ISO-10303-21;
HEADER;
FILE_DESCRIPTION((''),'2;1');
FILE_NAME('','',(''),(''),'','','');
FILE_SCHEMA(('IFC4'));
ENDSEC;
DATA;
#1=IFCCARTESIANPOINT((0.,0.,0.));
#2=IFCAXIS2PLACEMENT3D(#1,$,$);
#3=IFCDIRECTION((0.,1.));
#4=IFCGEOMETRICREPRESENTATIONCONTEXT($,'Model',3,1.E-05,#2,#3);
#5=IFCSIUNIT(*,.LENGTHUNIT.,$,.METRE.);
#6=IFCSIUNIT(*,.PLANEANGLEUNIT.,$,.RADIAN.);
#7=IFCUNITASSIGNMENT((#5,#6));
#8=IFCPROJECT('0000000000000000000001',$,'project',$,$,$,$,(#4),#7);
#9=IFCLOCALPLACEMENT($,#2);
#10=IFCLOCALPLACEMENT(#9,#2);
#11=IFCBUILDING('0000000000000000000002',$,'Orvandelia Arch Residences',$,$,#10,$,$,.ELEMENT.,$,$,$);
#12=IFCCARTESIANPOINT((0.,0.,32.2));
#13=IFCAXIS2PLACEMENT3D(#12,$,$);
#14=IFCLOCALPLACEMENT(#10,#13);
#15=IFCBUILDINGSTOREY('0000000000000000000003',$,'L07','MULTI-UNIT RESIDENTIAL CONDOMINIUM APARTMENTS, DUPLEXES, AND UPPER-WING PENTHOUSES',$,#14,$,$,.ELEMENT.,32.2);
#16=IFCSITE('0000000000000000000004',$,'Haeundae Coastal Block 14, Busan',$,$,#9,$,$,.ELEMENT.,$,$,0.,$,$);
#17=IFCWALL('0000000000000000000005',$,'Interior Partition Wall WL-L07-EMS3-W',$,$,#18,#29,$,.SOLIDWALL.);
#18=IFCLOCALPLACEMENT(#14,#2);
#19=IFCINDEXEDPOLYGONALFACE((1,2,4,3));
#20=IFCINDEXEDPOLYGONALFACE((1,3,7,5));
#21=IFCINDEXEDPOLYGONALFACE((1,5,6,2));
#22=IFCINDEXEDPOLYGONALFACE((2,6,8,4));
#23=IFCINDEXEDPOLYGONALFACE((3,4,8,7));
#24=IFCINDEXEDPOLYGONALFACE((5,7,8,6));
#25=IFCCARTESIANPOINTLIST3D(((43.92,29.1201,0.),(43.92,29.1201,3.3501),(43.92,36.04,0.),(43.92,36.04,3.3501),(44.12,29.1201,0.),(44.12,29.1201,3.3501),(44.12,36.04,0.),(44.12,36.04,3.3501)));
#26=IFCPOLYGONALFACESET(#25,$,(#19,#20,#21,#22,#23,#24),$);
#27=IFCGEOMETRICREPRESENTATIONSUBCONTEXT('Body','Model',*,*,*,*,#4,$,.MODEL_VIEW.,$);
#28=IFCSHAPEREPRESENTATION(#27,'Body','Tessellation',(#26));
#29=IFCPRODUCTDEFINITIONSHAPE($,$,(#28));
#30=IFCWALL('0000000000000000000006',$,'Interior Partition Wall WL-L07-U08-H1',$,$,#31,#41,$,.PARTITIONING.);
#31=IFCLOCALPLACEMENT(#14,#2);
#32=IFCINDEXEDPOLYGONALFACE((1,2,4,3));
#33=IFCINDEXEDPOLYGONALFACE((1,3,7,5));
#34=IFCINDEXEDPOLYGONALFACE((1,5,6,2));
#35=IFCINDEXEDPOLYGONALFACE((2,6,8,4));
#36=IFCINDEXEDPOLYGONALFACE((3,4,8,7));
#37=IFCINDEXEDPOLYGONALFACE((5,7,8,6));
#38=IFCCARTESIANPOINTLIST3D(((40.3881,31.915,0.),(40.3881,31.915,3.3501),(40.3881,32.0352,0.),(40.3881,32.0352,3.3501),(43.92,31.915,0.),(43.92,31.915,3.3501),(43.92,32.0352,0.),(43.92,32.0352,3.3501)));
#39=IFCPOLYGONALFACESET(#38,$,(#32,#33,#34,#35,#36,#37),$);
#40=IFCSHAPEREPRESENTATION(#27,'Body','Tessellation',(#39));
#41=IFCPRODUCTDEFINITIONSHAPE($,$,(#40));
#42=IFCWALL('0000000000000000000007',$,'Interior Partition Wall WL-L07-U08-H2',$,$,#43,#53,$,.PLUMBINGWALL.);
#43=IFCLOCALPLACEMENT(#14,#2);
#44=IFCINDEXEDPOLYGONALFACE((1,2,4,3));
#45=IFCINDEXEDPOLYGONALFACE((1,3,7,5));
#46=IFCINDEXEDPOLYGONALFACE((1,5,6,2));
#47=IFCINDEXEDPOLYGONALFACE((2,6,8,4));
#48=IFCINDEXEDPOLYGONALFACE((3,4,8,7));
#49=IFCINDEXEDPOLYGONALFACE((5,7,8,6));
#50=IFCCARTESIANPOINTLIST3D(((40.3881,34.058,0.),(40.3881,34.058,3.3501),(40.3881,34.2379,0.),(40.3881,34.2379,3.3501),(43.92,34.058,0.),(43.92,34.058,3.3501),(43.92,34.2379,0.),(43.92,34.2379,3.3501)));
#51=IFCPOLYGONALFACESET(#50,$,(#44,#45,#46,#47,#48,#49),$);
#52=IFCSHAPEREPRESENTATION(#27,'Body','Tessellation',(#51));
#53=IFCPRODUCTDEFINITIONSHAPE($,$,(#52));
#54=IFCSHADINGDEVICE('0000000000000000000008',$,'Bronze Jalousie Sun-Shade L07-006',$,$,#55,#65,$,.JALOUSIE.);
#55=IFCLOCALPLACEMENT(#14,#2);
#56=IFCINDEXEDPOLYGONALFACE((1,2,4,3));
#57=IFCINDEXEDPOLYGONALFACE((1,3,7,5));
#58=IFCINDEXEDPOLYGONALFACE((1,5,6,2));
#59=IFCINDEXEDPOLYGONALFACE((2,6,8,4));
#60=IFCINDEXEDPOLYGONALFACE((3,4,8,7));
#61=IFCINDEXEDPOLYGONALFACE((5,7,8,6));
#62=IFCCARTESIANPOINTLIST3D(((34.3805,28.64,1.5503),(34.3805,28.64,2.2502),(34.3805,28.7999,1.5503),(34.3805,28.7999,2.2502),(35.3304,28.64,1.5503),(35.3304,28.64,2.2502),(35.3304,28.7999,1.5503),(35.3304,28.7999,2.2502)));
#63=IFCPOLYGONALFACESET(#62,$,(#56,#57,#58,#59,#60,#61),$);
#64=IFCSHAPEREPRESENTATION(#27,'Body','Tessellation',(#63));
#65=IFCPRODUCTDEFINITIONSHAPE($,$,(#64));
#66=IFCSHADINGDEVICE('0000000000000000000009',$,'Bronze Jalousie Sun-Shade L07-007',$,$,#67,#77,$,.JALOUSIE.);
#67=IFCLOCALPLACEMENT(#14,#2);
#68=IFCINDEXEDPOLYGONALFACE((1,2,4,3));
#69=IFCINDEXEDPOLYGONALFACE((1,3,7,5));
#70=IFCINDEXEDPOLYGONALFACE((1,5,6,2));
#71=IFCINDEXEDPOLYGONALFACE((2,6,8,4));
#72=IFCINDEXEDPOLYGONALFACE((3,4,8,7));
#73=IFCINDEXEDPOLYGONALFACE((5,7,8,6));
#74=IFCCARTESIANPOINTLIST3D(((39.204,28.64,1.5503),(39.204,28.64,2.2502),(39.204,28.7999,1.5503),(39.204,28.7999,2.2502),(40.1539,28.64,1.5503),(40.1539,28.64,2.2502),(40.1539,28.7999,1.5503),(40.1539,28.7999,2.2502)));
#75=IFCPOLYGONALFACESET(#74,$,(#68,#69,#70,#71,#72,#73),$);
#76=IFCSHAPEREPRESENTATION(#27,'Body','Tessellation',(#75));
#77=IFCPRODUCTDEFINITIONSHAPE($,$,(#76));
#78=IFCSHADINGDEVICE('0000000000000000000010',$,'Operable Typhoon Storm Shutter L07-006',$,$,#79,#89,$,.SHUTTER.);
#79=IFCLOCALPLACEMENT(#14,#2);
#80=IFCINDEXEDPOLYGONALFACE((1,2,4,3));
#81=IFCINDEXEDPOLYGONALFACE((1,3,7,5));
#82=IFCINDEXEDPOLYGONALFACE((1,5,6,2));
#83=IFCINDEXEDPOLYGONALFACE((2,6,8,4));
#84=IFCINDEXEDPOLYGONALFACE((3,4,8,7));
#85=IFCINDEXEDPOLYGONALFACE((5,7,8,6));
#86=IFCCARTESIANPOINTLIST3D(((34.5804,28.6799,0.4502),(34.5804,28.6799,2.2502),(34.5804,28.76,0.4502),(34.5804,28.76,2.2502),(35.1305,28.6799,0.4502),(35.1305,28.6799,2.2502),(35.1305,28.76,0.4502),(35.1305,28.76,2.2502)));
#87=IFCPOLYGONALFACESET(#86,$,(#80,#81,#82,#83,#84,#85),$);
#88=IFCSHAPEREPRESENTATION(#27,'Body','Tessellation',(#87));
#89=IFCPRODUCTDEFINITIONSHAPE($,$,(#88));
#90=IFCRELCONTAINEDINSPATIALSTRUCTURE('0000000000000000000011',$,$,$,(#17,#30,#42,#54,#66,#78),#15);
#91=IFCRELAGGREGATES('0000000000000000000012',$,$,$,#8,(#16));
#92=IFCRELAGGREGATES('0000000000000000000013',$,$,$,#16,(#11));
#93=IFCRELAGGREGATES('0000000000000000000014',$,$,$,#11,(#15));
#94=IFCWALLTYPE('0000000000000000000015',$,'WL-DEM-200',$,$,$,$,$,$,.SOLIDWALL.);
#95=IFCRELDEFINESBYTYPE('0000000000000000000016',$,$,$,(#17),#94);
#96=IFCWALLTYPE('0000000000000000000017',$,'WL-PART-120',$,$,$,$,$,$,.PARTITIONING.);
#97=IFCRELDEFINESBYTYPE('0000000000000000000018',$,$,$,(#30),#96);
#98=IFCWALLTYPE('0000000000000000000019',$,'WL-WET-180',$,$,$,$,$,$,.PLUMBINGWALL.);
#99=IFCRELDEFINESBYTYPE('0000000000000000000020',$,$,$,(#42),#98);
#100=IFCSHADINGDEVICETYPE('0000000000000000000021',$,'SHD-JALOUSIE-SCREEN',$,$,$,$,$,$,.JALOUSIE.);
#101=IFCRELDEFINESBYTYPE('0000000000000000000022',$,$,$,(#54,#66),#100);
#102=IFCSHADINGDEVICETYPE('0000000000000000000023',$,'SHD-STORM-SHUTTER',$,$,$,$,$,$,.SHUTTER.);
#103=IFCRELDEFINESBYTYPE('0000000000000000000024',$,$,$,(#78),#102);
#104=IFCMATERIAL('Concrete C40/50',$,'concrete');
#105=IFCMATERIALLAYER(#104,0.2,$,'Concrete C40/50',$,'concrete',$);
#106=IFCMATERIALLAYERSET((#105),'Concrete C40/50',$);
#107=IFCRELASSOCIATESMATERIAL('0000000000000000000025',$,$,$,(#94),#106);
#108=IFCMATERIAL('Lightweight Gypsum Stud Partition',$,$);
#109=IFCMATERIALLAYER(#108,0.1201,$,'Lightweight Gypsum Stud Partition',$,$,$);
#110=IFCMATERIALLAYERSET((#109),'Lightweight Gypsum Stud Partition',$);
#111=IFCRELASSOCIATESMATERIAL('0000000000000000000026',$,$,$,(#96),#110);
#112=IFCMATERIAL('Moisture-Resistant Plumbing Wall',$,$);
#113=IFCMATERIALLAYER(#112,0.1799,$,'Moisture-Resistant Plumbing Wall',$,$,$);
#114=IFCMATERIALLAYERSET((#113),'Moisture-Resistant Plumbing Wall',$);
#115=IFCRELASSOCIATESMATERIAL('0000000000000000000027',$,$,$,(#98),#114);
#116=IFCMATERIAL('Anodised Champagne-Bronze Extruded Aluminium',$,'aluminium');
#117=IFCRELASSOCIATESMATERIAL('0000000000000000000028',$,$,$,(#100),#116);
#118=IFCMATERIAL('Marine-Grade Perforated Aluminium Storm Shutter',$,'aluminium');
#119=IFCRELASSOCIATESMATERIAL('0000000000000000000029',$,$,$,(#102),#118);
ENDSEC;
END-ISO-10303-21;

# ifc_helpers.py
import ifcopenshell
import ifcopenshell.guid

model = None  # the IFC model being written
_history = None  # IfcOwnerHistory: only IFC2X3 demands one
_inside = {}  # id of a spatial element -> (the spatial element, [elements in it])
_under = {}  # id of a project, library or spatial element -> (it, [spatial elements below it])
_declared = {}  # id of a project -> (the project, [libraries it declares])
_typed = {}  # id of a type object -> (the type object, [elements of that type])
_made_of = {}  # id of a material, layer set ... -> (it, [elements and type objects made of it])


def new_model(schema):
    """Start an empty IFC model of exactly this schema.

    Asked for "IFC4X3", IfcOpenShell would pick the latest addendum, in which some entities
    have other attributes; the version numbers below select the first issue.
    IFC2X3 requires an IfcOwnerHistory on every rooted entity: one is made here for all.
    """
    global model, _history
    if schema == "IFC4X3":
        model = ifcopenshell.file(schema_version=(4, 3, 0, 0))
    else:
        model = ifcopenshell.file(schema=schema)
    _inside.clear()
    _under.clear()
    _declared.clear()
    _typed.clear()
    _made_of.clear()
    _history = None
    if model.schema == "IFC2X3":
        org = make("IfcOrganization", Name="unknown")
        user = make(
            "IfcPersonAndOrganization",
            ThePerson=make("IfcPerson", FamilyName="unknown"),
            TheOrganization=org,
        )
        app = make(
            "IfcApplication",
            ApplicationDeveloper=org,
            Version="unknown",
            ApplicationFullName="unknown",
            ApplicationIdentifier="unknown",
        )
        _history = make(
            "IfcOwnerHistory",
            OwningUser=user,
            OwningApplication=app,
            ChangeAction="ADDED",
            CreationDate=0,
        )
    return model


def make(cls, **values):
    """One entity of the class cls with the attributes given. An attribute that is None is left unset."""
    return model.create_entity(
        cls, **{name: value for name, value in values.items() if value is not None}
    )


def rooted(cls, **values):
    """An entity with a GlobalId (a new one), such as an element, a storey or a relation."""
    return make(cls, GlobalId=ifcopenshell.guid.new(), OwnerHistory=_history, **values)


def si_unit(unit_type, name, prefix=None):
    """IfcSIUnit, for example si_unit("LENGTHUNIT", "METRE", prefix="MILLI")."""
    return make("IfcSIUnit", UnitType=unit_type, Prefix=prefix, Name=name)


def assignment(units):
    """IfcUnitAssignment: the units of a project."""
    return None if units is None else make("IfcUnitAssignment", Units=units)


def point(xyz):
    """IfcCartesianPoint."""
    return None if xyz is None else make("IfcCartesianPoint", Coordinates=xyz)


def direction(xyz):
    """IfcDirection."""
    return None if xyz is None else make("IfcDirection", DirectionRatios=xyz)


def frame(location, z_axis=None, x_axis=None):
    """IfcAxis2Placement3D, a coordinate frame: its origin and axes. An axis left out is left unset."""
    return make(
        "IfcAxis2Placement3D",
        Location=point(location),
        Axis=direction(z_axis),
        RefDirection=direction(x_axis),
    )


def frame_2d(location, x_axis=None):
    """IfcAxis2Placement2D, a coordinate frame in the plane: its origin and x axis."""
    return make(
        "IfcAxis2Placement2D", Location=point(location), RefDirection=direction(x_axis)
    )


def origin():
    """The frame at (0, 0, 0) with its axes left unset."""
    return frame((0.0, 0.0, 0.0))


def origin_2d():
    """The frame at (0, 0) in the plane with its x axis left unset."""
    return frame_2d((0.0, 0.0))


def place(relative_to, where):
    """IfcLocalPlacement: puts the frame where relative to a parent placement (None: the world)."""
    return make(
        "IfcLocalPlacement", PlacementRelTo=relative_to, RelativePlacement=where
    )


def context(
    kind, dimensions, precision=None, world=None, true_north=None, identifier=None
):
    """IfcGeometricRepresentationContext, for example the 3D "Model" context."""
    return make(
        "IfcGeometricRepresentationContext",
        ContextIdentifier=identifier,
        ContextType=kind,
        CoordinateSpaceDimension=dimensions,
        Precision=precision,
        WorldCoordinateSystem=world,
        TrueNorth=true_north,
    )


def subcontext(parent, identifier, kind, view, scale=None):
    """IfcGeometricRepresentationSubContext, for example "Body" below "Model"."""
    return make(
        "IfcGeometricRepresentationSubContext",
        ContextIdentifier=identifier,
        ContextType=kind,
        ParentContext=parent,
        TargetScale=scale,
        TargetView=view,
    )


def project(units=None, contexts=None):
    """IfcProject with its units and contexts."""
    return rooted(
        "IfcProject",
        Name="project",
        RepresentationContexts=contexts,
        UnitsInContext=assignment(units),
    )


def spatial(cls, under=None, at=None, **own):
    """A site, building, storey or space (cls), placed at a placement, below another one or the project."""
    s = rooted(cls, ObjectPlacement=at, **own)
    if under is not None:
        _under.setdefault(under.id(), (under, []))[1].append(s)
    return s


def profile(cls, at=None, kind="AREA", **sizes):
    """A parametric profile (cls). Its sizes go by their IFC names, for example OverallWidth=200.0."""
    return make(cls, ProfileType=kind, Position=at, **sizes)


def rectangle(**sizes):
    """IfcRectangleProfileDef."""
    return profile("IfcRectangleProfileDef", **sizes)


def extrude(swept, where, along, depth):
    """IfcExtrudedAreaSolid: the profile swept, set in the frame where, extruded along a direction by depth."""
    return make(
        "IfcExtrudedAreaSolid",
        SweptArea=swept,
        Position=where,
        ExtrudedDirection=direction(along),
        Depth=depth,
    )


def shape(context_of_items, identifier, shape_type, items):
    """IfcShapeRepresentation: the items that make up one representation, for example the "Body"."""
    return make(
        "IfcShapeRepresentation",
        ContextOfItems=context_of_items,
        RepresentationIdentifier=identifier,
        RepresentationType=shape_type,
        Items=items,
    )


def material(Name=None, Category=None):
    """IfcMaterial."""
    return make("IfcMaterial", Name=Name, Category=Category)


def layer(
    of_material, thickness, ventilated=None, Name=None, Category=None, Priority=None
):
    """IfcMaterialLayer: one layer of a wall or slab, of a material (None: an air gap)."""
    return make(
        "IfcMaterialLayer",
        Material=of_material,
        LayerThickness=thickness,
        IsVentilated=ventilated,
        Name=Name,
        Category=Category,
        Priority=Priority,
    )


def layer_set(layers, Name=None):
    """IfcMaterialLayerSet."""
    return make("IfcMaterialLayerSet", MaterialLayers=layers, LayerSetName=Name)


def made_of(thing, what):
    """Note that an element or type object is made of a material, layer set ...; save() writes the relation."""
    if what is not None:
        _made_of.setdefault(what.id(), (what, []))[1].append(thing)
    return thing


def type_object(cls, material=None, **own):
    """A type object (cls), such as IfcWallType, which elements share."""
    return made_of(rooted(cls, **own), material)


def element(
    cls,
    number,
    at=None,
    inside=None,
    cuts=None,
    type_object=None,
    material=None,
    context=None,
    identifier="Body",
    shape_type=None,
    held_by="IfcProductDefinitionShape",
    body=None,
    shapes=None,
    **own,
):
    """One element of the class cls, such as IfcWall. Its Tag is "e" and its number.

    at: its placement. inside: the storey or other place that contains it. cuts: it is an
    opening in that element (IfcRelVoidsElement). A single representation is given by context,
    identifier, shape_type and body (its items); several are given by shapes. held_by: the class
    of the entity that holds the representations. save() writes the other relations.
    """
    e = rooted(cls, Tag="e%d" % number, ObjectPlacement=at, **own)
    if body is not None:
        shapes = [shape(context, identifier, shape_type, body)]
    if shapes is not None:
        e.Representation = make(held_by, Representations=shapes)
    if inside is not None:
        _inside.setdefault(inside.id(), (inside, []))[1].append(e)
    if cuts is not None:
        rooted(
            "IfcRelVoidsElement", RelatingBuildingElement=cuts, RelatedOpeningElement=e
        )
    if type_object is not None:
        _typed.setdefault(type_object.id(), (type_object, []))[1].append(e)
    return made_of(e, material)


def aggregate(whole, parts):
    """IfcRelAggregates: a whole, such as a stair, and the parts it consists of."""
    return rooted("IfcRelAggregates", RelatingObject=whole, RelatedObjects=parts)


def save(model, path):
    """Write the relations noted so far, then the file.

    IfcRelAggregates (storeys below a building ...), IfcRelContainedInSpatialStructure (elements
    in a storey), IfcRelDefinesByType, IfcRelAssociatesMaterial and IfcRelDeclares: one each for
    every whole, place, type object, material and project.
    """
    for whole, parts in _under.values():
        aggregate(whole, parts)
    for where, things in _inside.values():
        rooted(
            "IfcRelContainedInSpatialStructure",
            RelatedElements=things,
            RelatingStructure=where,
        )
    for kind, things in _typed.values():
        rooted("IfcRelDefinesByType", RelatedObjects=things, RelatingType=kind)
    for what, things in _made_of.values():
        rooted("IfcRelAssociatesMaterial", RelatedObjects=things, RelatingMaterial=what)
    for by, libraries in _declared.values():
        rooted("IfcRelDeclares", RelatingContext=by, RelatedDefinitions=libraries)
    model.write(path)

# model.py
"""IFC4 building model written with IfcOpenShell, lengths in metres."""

from ifc_helpers import new_model, si_unit, direction, frame, frame_2d, origin, origin_2d, place, context, subcontext, project, spatial, rectangle, extrude, material, layer, layer_set, type_object, element, save


model = new_model("IFC4")

# Units and contexts
model_context = context("Model", 3, precision=1e-05, world=origin(), true_north=direction((0.0, 1.0)))
body_context = subcontext(model_context, "Body", "Model", "MODEL_VIEW")
ifc_project = project(units=[si_unit("LENGTHUNIT", "METRE"), si_unit("PLANEANGLEUNIT", "RADIAN")], contexts=[model_context])

# Site, building, storey
site_placement = place(None, origin())
site = spatial("IfcSite", under=ifc_project, at=site_placement, Name="Haeundae Coastal Block 14, Busan", CompositionType="ELEMENT", RefElevation=0.0)
building_placement = place(site_placement, origin())
building = spatial("IfcBuilding", under=site, at=building_placement, Name="Orvandelia Arch Residences", CompositionType="ELEMENT")
storey_placement = place(building_placement, frame((0.0, 0.0, 32.2)))
storey = spatial("IfcBuildingStorey", under=building, at=storey_placement, Name="L07", Description="MULTI-UNIT RESIDENTIAL CONDOMINIUM APARTMENTS, DUPLEXES, AND UPPER-WING PENTHOUSES", CompositionType="ELEMENT", Elevation=32.2)

# Wall
ifc_material_1 = material(Name="Concrete C40/50", Category="concrete")
ifc_layer_1 = layer(ifc_material_1, 0.2, Name="Concrete C40/50", Category="concrete")
ifc_layer_set_1 = layer_set([ifc_layer_1], Name="Concrete C40/50")
wall_type_1 = type_object("IfcWallType", Name="WL-DEM-200", PredefinedType="SOLIDWALL", material=ifc_layer_set_1)
wall_1_placement = place(storey_placement, frame((44.02, 29.1201, 0.0), z_axis=(0.0, 0.0, 1.0), x_axis=(0.0, 1.0, 0.0)))
element("IfcWall", 1, at=wall_1_placement, inside=storey, type_object=wall_type_1, Name="Interior Partition Wall WL-L07-EMS3-W", PredefinedType="SOLIDWALL", context=body_context, shape_type="SweptSolid", body=[
    extrude(rectangle(XDim=6.9199, YDim=0.2, at=frame_2d((3.46, 0.0))), origin(), (0.0, 0.0, 1.0), 3.3501),
])

# Shared definitions
ifc_material_2 = material(Name="Lightweight Gypsum Stud Partition")
ifc_layer_2 = layer(ifc_material_2, 0.1201, Name="Lightweight Gypsum Stud Partition")
ifc_layer_set_2 = layer_set([ifc_layer_2], Name="Lightweight Gypsum Stud Partition")
wall_type_2 = type_object("IfcWallType", Name="WL-PART-120", PredefinedType="PARTITIONING", material=ifc_layer_set_2)

# Wall
wall_2_placement = place(storey_placement, frame((40.3879, 31.9751, 0.0), z_axis=(0.0, 0.0, 1.0), x_axis=(1.0, 0.0, 0.0)))
element("IfcWall", 2, at=wall_2_placement, inside=storey, type_object=wall_type_2, Name="Interior Partition Wall WL-L07-U08-H1", PredefinedType="PARTITIONING", context=body_context, shape_type="SweptSolid", body=[
    extrude(rectangle(XDim=3.532, YDim=0.1201, at=frame_2d((1.7661, 0.0))), origin(), (0.0, 0.0, 1.0), 3.3501),
])

# Shared definitions
ifc_material_3 = material(Name="Moisture-Resistant Plumbing Wall")
ifc_layer_3 = layer(ifc_material_3, 0.1799, Name="Moisture-Resistant Plumbing Wall")
ifc_layer_set_3 = layer_set([ifc_layer_3], Name="Moisture-Resistant Plumbing Wall")
wall_type_3 = type_object("IfcWallType", Name="WL-WET-180", PredefinedType="PLUMBINGWALL", material=ifc_layer_set_3)

# Wall
wall_3_placement = place(storey_placement, frame((40.3879, 34.1479, 0.0), z_axis=(0.0, 0.0, 1.0), x_axis=(1.0, 0.0, 0.0)))
element("IfcWall", 3, at=wall_3_placement, inside=storey, type_object=wall_type_3, Name="Interior Partition Wall WL-L07-U08-H2", PredefinedType="PLUMBINGWALL", context=body_context, shape_type="SweptSolid", body=[
    extrude(rectangle(XDim=3.532, YDim=0.1799, at=frame_2d((1.7661, 0.0))), origin(), (0.0, 0.0, 1.0), 3.3501),
])

# Shading devices
ifc_material_4 = material(Name="Anodised Champagne-Bronze Extruded Aluminium", Category="aluminium")
shading_device_type_1 = type_object("IfcShadingDeviceType", Name="SHD-JALOUSIE-SCREEN", PredefinedType="JALOUSIE", material=ifc_material_4)
for number, where, z_axis, x_axis, name in (
    (4, (34.8555, 28.72, 1.5503), (0.0, 0.0, 1.0), (-1.0, 0.0, 0.0), "Bronze Jalousie Sun-Shade L07-006"),
    (5, (39.679, 28.72, 1.5503), (0.0, 0.0, 1.0), (-1.0, 0.0, 0.0), "Bronze Jalousie Sun-Shade L07-007"),
):
    element("IfcShadingDevice", number, at=place(storey_placement, frame(where, z_axis=z_axis, x_axis=x_axis)), inside=storey, type_object=shading_device_type_1, Name=name, PredefinedType="JALOUSIE", context=body_context, shape_type="SweptSolid", body=[
        extrude(rectangle(XDim=0.95, YDim=0.1599, at=origin_2d()), origin(), (0.0, 0.0, 1.0), 0.7),
    ])
ifc_material_5 = material(Name="Marine-Grade Perforated Aluminium Storm Shutter", Category="aluminium")
shading_device_type_2 = type_object("IfcShadingDeviceType", Name="SHD-STORM-SHUTTER", PredefinedType="SHUTTER", material=ifc_material_5)
shading_device_placement = place(storey_placement, frame((34.8555, 28.72, 0.4502), z_axis=(0.0, 0.0, 1.0), x_axis=(-1.0, 0.0, 0.0)))
element("IfcShadingDevice", 6, at=shading_device_placement, inside=storey, type_object=shading_device_type_2, Name="Operable Typhoon Storm Shutter L07-006", PredefinedType="SHUTTER", context=body_context, shape_type="SweptSolid", body=[
    extrude(rectangle(XDim=0.55, YDim=0.0801, at=origin_2d()), origin(), (0.0, 0.0, 1.0), 1.8),
])

save(model, "model.ifc")
